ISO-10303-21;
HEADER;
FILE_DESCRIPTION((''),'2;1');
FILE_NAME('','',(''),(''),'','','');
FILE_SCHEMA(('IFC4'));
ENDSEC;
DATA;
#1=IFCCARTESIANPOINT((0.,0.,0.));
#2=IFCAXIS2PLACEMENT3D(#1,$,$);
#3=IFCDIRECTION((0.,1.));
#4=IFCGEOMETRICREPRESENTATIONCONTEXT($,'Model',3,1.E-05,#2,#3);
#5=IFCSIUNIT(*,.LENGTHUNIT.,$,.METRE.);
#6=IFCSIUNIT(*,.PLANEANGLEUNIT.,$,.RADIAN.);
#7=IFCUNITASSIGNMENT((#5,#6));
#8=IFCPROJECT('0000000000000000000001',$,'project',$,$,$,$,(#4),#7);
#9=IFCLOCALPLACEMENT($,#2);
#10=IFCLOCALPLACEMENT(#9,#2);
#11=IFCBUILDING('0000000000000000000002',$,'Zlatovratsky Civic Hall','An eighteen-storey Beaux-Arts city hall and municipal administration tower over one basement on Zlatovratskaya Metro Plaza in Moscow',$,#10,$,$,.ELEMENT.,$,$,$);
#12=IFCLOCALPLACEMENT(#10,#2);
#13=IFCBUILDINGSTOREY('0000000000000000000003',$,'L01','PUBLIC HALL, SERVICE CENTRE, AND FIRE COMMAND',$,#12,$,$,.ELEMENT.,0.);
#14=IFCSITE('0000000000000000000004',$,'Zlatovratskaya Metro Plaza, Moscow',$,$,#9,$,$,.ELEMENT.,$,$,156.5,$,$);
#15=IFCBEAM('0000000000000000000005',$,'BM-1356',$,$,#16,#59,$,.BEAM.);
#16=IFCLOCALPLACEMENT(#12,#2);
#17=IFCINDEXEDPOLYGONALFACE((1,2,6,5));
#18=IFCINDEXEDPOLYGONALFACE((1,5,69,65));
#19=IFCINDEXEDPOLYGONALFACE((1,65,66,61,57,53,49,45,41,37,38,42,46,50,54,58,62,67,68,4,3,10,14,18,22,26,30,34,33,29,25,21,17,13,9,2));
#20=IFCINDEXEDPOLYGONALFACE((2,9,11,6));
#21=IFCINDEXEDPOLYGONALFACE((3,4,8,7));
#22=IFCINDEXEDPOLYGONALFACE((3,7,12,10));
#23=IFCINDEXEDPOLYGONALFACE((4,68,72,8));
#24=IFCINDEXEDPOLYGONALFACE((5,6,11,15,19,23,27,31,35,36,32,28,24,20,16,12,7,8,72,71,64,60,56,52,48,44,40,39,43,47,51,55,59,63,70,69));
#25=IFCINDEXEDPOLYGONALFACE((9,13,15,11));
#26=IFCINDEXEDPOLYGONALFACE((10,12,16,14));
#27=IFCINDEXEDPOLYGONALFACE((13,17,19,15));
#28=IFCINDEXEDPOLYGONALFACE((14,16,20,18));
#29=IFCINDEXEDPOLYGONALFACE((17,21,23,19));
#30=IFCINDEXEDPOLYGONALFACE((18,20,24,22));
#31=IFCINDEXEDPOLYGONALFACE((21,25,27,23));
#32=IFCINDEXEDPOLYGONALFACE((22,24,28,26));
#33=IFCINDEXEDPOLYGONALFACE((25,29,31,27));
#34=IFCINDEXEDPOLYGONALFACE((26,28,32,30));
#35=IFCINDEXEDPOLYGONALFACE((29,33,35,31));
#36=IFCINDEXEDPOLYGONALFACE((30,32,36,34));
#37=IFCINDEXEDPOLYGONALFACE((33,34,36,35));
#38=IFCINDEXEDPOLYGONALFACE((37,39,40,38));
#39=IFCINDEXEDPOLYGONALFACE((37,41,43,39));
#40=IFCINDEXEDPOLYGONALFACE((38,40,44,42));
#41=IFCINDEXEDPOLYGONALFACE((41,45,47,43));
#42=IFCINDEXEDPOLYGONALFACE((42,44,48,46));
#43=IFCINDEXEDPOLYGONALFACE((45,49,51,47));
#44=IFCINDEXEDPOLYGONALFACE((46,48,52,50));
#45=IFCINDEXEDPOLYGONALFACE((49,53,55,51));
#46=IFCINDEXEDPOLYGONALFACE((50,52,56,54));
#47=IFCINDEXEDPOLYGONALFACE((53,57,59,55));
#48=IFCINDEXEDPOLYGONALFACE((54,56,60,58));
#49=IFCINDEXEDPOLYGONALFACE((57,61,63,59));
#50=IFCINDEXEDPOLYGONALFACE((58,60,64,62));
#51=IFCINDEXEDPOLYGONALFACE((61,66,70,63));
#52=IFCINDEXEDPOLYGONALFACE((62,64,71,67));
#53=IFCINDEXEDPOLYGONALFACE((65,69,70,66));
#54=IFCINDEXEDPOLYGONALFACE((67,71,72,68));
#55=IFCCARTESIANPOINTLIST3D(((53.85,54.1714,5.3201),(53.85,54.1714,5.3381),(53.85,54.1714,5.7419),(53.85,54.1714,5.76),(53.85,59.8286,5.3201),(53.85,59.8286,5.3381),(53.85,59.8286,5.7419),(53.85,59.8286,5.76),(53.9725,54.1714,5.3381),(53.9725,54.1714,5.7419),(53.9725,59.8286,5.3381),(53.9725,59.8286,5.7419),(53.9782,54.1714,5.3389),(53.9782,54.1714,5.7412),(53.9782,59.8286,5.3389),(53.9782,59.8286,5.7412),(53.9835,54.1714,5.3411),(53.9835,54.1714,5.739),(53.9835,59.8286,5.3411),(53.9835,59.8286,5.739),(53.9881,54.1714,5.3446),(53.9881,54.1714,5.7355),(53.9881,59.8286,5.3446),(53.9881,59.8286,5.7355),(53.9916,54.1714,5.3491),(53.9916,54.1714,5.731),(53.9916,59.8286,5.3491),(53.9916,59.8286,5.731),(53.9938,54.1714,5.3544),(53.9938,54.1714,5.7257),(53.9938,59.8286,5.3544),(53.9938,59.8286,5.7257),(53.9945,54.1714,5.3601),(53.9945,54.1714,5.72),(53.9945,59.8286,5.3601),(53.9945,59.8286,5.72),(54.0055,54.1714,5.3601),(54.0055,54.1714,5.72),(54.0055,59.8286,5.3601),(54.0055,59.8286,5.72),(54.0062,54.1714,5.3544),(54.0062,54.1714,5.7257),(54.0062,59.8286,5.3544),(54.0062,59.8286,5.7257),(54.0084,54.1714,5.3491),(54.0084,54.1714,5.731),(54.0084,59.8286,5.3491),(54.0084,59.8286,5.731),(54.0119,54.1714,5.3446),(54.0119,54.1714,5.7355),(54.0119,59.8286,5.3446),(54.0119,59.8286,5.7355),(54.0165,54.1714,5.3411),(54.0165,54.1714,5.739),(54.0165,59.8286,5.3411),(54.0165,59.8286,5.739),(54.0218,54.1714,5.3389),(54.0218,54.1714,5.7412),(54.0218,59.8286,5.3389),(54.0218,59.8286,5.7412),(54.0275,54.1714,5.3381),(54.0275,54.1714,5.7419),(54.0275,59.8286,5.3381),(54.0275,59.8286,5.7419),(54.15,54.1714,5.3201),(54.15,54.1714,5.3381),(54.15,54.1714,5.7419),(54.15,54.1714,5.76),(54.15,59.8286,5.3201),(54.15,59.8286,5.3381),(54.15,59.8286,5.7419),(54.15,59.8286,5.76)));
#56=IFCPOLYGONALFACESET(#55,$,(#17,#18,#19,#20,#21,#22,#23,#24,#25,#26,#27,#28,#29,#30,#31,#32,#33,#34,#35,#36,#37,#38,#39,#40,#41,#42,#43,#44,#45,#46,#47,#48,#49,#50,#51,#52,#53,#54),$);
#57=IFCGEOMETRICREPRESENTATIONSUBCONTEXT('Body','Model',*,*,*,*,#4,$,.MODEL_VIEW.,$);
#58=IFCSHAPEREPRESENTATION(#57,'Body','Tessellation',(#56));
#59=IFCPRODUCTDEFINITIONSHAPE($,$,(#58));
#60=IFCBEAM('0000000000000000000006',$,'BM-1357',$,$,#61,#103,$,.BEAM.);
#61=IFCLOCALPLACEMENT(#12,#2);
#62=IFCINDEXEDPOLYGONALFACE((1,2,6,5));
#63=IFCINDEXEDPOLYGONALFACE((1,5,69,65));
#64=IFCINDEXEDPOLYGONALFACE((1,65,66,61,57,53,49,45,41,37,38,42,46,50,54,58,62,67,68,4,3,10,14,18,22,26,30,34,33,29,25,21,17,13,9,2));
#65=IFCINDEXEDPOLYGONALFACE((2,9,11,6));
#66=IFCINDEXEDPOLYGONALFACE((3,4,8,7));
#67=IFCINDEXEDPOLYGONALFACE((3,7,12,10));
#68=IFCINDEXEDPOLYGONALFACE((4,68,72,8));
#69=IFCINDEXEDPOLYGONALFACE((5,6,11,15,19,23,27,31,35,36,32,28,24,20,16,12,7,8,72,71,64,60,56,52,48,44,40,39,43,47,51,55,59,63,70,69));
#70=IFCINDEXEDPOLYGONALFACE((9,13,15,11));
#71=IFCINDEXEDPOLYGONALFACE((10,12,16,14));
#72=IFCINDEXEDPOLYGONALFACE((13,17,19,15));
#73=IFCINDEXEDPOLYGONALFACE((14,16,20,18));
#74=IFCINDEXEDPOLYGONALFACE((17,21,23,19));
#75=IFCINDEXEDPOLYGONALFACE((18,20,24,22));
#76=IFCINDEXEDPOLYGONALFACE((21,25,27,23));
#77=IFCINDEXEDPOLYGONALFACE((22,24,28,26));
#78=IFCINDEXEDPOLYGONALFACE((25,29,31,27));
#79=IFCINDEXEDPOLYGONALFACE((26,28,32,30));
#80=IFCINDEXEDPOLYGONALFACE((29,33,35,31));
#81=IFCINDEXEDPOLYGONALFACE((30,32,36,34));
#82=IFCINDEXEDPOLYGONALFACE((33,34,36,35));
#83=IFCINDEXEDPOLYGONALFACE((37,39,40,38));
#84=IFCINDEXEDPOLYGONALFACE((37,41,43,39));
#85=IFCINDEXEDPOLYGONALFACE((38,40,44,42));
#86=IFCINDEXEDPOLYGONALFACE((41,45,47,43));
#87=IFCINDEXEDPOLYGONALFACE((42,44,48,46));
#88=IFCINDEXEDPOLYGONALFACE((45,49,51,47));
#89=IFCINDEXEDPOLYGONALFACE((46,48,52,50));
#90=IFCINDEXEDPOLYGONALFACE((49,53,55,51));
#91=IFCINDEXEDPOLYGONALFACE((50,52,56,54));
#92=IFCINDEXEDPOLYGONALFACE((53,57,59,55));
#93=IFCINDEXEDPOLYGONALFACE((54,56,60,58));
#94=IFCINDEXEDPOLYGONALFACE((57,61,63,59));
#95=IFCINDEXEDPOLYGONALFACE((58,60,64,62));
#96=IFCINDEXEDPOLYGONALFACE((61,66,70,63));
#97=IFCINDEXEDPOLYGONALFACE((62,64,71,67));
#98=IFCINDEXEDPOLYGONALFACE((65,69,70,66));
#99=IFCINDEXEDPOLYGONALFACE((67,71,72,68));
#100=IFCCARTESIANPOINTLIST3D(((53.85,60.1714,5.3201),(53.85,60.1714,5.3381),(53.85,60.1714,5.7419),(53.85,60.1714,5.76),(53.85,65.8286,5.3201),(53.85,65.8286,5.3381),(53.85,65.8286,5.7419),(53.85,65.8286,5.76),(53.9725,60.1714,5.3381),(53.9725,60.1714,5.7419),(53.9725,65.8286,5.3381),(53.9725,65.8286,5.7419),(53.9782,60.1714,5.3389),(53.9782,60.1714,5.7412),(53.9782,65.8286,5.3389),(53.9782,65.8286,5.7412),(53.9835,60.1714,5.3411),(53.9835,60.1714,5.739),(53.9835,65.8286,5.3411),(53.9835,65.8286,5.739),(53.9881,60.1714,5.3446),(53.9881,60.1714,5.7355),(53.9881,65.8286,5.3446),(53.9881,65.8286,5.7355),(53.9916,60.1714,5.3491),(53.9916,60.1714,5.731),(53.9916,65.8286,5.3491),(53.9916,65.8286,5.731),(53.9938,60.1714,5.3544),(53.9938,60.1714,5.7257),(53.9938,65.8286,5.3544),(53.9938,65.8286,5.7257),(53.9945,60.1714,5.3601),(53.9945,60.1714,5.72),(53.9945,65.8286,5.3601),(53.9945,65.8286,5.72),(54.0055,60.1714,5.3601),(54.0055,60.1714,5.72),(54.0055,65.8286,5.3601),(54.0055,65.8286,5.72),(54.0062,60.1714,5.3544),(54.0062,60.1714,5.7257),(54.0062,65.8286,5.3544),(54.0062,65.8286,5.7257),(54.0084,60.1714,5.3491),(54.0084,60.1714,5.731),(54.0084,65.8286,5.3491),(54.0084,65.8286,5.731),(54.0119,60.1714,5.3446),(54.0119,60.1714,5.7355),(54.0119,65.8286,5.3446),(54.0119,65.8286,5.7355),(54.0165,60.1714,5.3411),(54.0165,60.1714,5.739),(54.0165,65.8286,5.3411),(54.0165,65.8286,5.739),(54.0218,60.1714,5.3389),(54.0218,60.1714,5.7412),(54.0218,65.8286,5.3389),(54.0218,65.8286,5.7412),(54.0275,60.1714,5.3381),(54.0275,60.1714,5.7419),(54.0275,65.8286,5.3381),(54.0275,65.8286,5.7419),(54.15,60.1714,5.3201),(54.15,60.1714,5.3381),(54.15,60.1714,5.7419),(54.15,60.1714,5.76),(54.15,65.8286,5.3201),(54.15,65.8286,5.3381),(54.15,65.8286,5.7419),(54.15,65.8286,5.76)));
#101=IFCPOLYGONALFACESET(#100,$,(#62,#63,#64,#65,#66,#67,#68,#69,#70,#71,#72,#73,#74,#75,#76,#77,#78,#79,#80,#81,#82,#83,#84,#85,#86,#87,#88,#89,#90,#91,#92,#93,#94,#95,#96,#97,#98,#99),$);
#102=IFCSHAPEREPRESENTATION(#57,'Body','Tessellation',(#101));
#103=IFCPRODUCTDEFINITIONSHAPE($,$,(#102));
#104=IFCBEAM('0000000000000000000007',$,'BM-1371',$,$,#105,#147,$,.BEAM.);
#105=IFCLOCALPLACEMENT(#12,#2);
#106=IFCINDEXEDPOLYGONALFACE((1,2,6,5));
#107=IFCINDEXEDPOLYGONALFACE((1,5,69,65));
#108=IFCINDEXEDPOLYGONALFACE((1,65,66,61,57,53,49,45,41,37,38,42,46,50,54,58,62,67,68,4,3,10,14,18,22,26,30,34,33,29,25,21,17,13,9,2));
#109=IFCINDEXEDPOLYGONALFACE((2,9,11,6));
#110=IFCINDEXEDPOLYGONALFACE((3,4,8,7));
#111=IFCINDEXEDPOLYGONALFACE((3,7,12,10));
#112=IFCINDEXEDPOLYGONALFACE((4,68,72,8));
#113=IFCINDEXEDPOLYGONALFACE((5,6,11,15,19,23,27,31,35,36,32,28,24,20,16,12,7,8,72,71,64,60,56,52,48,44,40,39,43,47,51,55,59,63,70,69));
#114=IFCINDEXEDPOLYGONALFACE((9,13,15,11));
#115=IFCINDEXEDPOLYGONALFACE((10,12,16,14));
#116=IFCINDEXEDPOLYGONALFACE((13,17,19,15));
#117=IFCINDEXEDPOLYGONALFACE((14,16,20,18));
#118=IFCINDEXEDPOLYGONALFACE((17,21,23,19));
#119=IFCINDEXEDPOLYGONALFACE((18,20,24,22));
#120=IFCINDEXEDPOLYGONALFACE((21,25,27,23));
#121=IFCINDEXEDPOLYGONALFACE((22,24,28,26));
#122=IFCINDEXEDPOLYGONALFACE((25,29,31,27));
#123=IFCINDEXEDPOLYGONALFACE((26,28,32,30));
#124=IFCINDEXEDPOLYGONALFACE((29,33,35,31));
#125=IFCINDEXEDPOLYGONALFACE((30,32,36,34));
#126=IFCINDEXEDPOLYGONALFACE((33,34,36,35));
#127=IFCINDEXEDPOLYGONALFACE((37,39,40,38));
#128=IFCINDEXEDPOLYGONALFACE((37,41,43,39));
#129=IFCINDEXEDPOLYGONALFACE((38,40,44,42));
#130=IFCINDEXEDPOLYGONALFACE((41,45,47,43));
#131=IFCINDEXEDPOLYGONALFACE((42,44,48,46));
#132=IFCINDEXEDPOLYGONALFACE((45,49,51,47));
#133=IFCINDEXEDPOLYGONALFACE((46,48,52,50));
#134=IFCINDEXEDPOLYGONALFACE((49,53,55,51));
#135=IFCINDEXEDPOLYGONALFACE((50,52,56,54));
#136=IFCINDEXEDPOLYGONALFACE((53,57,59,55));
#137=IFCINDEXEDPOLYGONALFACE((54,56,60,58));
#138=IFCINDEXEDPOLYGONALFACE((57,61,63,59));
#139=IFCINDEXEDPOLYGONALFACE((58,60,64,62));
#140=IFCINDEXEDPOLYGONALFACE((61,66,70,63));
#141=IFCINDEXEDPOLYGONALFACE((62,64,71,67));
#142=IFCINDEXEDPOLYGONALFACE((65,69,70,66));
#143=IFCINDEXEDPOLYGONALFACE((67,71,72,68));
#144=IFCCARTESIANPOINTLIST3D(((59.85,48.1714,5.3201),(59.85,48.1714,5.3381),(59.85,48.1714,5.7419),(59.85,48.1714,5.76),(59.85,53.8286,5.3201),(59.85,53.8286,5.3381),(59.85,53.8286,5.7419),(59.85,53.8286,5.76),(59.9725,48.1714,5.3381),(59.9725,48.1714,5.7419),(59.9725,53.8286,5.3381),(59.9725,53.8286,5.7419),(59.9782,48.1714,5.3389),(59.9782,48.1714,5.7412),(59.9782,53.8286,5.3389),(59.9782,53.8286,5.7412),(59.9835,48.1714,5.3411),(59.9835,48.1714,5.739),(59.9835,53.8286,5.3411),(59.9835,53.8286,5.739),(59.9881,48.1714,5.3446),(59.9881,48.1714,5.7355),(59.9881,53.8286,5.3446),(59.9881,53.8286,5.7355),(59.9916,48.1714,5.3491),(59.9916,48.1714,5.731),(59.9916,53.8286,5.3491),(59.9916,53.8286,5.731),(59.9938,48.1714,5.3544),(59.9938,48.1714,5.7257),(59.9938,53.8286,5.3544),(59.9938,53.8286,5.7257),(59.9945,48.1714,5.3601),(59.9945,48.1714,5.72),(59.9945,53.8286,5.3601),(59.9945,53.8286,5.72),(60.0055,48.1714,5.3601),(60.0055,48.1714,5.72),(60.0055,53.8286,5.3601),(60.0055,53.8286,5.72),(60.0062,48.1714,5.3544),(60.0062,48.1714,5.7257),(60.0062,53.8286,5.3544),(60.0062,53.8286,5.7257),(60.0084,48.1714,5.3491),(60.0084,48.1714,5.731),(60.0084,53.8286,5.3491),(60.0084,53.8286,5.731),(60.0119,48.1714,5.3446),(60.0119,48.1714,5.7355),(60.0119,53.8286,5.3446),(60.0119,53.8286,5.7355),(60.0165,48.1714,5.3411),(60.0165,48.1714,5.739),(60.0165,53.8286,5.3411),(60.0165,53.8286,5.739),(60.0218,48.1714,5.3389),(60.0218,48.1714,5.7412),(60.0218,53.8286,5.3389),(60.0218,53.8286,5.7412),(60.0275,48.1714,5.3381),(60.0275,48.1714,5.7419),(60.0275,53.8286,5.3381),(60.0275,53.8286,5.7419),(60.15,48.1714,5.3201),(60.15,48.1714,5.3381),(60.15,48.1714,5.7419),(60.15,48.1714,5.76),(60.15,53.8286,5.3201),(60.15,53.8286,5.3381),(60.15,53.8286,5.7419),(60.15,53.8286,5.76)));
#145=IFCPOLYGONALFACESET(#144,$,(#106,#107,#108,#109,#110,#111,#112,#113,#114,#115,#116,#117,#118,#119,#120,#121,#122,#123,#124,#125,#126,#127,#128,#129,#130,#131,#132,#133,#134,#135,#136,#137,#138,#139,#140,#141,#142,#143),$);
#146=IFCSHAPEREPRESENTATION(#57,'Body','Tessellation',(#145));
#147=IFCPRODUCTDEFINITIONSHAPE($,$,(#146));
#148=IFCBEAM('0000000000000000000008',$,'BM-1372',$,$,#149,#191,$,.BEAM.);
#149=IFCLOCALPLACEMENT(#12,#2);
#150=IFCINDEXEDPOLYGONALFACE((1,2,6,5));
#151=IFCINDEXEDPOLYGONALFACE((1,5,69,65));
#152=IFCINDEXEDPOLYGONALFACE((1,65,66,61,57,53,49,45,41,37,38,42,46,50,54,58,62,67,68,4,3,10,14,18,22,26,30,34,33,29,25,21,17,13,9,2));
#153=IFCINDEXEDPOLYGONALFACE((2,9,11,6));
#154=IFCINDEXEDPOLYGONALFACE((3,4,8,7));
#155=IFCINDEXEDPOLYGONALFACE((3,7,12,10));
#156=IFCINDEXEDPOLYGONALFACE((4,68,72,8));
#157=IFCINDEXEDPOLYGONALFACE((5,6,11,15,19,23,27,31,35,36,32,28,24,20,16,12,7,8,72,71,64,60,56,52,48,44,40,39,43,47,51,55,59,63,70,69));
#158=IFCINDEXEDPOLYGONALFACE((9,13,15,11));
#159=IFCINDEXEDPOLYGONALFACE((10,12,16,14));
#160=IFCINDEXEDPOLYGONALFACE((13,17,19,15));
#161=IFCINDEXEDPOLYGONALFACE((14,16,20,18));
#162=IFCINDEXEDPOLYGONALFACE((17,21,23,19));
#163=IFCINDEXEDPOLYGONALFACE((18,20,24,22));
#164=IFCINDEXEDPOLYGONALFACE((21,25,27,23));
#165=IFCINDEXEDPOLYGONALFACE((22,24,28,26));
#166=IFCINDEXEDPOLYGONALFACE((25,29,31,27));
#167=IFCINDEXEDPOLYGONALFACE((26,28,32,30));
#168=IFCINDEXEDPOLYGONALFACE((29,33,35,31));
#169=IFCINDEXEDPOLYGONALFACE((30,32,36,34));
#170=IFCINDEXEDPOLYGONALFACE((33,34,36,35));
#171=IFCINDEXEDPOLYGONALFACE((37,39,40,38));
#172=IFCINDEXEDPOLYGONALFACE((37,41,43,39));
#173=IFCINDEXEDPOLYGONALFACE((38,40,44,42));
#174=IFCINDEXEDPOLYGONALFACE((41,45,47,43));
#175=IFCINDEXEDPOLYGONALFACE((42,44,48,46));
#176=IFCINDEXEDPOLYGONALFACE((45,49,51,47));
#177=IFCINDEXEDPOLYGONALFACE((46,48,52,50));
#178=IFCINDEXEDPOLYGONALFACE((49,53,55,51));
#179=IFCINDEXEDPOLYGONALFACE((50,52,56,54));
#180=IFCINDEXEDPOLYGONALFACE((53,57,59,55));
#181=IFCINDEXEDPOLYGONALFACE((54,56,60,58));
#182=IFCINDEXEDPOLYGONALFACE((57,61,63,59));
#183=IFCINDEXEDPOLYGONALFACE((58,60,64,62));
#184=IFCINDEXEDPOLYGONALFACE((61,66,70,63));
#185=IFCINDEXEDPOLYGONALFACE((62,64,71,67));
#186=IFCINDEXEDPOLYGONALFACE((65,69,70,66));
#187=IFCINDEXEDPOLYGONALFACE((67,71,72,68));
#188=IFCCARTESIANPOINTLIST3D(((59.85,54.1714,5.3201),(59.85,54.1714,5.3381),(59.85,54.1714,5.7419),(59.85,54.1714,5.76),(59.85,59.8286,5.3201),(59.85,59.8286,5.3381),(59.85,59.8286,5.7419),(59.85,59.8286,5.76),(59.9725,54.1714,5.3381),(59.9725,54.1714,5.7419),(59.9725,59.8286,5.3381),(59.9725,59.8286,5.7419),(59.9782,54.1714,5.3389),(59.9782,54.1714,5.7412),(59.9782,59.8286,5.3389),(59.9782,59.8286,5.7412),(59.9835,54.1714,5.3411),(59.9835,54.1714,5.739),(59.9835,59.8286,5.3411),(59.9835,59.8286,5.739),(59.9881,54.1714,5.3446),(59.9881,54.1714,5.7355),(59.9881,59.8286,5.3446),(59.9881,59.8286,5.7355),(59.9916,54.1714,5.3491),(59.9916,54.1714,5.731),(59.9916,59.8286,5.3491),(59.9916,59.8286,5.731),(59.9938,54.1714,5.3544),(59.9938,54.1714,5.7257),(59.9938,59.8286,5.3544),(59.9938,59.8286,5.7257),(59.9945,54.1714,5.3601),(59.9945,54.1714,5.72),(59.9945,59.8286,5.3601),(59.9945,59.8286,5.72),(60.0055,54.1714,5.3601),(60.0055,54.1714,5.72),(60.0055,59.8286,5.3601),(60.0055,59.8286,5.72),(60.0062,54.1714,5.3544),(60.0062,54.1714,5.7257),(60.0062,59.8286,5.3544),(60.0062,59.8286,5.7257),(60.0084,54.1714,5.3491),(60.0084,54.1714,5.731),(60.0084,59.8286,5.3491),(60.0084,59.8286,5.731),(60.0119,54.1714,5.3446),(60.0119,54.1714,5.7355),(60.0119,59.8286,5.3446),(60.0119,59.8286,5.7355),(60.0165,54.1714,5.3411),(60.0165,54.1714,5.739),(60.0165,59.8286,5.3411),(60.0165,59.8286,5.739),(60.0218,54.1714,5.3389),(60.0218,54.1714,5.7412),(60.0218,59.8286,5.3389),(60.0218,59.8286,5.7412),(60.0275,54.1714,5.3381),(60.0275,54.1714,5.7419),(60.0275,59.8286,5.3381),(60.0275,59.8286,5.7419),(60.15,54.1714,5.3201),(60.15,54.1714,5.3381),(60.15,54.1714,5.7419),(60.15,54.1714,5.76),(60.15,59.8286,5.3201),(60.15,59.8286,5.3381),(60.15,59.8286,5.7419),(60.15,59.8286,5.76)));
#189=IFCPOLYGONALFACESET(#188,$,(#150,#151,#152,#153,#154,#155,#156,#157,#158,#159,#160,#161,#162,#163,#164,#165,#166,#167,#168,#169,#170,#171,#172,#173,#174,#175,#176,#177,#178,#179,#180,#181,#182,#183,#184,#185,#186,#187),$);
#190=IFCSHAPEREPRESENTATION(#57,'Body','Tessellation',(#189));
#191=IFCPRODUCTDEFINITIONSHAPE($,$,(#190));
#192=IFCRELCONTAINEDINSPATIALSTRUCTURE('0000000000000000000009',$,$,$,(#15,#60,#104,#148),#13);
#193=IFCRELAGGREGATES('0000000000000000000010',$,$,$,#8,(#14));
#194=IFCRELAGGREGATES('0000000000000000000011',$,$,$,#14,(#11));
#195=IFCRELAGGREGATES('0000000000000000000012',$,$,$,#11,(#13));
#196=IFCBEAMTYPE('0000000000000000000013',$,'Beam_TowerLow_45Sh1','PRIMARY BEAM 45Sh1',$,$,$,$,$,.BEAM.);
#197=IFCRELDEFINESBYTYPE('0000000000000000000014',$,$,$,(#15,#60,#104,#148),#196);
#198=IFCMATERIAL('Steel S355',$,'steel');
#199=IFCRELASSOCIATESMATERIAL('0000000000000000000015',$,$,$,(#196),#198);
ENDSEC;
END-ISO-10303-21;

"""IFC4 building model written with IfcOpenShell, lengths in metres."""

from ifc_helpers import new_model, si_unit, direction, frame, origin, origin_2d, place, context, subcontext, project, spatial, i_section, extrude, material, material_profile, profile_set, type_object, element, save


model = new_model("IFC4")

# Units and contexts
model_context = context("Model", 3, precision=1e-05, world=origin(), true_north=direction((0.0, 1.0)))
body_context = subcontext(model_context, "Body", "Model", "MODEL_VIEW")
ifc_project = project(units=[si_unit("LENGTHUNIT", "METRE"), si_unit("PLANEANGLEUNIT", "RADIAN")], contexts=[model_context])

# Site, building, storey
site_placement = place(None, origin())
site = spatial("IfcSite", under=ifc_project, at=site_placement, Name="Zlatovratskaya Metro Plaza, Moscow", CompositionType="ELEMENT", RefElevation=156.5)
building_placement = place(site_placement, origin())
building = spatial("IfcBuilding", under=site, at=building_placement, Name="Zlatovratsky Civic Hall", Description="An eighteen-storey Beaux-Arts city hall and municipal administration tower over one basement on Zlatovratskaya Metro Plaza in Moscow", CompositionType="ELEMENT")
storey_placement = place(building_placement, origin())
storey = spatial("IfcBuildingStorey", under=building, at=storey_placement, Name="L01", Description="PUBLIC HALL, SERVICE CENTRE, AND FIRE COMMAND", CompositionType="ELEMENT", Elevation=0.0)

# Shared definitions
ifc_material_1 = material(Name="Steel S355", Category="steel")

# Beams
ifc_material_profile_1 = material_profile(ifc_material_1, i_section(OverallWidth=0.3, OverallDepth=0.4399, WebThickness=0.011, FlangeThickness=0.0181, FilletRadius=0.022, at=origin_2d()), Name="45Sh1")
ifc_profile_set_1 = profile_set([ifc_material_profile_1], Name="Steel S355")
beam_type_1 = type_object("IfcBeamType", Name="Beam_TowerLow_45Sh1", Description="PRIMARY BEAM 45Sh1", PredefinedType="BEAM", material=ifc_profile_set_1)
for number, where, z_axis, x_axis, name in (
    (1, (54.0, 54.1714, 5.54), (0.0, 1.0, 0.0), (-1.0, 0.0, 0.0), "BM-1356"),
    (2, (54.0, 60.1714, 5.54), (0.0, 1.0, 0.0), (-1.0, 0.0, 0.0), "BM-1357"),
    (3, (60.0, 48.1714, 5.54), (0.0, 1.0, 0.0), (-1.0, 0.0, 0.0), "BM-1371"),
    (4, (60.0, 54.1714, 5.54), (0.0, 1.0, 0.0), (-1.0, 0.0, 0.0), "BM-1372"),
):
    element("IfcBeam", number, at=place(storey_placement, frame(where, z_axis=z_axis, x_axis=x_axis)), inside=storey, type_object=beam_type_1, Name=name, PredefinedType="BEAM", context=body_context, shape_type="SweptSolid", body=[
        extrude(i_section(OverallWidth=0.3, OverallDepth=0.4399, WebThickness=0.011, FlangeThickness=0.0181, FilletRadius=0.022, at=origin_2d()), origin(), (0.0, 0.0, 1.0), 5.6572),
    ])

save(model, "model.ifc")
